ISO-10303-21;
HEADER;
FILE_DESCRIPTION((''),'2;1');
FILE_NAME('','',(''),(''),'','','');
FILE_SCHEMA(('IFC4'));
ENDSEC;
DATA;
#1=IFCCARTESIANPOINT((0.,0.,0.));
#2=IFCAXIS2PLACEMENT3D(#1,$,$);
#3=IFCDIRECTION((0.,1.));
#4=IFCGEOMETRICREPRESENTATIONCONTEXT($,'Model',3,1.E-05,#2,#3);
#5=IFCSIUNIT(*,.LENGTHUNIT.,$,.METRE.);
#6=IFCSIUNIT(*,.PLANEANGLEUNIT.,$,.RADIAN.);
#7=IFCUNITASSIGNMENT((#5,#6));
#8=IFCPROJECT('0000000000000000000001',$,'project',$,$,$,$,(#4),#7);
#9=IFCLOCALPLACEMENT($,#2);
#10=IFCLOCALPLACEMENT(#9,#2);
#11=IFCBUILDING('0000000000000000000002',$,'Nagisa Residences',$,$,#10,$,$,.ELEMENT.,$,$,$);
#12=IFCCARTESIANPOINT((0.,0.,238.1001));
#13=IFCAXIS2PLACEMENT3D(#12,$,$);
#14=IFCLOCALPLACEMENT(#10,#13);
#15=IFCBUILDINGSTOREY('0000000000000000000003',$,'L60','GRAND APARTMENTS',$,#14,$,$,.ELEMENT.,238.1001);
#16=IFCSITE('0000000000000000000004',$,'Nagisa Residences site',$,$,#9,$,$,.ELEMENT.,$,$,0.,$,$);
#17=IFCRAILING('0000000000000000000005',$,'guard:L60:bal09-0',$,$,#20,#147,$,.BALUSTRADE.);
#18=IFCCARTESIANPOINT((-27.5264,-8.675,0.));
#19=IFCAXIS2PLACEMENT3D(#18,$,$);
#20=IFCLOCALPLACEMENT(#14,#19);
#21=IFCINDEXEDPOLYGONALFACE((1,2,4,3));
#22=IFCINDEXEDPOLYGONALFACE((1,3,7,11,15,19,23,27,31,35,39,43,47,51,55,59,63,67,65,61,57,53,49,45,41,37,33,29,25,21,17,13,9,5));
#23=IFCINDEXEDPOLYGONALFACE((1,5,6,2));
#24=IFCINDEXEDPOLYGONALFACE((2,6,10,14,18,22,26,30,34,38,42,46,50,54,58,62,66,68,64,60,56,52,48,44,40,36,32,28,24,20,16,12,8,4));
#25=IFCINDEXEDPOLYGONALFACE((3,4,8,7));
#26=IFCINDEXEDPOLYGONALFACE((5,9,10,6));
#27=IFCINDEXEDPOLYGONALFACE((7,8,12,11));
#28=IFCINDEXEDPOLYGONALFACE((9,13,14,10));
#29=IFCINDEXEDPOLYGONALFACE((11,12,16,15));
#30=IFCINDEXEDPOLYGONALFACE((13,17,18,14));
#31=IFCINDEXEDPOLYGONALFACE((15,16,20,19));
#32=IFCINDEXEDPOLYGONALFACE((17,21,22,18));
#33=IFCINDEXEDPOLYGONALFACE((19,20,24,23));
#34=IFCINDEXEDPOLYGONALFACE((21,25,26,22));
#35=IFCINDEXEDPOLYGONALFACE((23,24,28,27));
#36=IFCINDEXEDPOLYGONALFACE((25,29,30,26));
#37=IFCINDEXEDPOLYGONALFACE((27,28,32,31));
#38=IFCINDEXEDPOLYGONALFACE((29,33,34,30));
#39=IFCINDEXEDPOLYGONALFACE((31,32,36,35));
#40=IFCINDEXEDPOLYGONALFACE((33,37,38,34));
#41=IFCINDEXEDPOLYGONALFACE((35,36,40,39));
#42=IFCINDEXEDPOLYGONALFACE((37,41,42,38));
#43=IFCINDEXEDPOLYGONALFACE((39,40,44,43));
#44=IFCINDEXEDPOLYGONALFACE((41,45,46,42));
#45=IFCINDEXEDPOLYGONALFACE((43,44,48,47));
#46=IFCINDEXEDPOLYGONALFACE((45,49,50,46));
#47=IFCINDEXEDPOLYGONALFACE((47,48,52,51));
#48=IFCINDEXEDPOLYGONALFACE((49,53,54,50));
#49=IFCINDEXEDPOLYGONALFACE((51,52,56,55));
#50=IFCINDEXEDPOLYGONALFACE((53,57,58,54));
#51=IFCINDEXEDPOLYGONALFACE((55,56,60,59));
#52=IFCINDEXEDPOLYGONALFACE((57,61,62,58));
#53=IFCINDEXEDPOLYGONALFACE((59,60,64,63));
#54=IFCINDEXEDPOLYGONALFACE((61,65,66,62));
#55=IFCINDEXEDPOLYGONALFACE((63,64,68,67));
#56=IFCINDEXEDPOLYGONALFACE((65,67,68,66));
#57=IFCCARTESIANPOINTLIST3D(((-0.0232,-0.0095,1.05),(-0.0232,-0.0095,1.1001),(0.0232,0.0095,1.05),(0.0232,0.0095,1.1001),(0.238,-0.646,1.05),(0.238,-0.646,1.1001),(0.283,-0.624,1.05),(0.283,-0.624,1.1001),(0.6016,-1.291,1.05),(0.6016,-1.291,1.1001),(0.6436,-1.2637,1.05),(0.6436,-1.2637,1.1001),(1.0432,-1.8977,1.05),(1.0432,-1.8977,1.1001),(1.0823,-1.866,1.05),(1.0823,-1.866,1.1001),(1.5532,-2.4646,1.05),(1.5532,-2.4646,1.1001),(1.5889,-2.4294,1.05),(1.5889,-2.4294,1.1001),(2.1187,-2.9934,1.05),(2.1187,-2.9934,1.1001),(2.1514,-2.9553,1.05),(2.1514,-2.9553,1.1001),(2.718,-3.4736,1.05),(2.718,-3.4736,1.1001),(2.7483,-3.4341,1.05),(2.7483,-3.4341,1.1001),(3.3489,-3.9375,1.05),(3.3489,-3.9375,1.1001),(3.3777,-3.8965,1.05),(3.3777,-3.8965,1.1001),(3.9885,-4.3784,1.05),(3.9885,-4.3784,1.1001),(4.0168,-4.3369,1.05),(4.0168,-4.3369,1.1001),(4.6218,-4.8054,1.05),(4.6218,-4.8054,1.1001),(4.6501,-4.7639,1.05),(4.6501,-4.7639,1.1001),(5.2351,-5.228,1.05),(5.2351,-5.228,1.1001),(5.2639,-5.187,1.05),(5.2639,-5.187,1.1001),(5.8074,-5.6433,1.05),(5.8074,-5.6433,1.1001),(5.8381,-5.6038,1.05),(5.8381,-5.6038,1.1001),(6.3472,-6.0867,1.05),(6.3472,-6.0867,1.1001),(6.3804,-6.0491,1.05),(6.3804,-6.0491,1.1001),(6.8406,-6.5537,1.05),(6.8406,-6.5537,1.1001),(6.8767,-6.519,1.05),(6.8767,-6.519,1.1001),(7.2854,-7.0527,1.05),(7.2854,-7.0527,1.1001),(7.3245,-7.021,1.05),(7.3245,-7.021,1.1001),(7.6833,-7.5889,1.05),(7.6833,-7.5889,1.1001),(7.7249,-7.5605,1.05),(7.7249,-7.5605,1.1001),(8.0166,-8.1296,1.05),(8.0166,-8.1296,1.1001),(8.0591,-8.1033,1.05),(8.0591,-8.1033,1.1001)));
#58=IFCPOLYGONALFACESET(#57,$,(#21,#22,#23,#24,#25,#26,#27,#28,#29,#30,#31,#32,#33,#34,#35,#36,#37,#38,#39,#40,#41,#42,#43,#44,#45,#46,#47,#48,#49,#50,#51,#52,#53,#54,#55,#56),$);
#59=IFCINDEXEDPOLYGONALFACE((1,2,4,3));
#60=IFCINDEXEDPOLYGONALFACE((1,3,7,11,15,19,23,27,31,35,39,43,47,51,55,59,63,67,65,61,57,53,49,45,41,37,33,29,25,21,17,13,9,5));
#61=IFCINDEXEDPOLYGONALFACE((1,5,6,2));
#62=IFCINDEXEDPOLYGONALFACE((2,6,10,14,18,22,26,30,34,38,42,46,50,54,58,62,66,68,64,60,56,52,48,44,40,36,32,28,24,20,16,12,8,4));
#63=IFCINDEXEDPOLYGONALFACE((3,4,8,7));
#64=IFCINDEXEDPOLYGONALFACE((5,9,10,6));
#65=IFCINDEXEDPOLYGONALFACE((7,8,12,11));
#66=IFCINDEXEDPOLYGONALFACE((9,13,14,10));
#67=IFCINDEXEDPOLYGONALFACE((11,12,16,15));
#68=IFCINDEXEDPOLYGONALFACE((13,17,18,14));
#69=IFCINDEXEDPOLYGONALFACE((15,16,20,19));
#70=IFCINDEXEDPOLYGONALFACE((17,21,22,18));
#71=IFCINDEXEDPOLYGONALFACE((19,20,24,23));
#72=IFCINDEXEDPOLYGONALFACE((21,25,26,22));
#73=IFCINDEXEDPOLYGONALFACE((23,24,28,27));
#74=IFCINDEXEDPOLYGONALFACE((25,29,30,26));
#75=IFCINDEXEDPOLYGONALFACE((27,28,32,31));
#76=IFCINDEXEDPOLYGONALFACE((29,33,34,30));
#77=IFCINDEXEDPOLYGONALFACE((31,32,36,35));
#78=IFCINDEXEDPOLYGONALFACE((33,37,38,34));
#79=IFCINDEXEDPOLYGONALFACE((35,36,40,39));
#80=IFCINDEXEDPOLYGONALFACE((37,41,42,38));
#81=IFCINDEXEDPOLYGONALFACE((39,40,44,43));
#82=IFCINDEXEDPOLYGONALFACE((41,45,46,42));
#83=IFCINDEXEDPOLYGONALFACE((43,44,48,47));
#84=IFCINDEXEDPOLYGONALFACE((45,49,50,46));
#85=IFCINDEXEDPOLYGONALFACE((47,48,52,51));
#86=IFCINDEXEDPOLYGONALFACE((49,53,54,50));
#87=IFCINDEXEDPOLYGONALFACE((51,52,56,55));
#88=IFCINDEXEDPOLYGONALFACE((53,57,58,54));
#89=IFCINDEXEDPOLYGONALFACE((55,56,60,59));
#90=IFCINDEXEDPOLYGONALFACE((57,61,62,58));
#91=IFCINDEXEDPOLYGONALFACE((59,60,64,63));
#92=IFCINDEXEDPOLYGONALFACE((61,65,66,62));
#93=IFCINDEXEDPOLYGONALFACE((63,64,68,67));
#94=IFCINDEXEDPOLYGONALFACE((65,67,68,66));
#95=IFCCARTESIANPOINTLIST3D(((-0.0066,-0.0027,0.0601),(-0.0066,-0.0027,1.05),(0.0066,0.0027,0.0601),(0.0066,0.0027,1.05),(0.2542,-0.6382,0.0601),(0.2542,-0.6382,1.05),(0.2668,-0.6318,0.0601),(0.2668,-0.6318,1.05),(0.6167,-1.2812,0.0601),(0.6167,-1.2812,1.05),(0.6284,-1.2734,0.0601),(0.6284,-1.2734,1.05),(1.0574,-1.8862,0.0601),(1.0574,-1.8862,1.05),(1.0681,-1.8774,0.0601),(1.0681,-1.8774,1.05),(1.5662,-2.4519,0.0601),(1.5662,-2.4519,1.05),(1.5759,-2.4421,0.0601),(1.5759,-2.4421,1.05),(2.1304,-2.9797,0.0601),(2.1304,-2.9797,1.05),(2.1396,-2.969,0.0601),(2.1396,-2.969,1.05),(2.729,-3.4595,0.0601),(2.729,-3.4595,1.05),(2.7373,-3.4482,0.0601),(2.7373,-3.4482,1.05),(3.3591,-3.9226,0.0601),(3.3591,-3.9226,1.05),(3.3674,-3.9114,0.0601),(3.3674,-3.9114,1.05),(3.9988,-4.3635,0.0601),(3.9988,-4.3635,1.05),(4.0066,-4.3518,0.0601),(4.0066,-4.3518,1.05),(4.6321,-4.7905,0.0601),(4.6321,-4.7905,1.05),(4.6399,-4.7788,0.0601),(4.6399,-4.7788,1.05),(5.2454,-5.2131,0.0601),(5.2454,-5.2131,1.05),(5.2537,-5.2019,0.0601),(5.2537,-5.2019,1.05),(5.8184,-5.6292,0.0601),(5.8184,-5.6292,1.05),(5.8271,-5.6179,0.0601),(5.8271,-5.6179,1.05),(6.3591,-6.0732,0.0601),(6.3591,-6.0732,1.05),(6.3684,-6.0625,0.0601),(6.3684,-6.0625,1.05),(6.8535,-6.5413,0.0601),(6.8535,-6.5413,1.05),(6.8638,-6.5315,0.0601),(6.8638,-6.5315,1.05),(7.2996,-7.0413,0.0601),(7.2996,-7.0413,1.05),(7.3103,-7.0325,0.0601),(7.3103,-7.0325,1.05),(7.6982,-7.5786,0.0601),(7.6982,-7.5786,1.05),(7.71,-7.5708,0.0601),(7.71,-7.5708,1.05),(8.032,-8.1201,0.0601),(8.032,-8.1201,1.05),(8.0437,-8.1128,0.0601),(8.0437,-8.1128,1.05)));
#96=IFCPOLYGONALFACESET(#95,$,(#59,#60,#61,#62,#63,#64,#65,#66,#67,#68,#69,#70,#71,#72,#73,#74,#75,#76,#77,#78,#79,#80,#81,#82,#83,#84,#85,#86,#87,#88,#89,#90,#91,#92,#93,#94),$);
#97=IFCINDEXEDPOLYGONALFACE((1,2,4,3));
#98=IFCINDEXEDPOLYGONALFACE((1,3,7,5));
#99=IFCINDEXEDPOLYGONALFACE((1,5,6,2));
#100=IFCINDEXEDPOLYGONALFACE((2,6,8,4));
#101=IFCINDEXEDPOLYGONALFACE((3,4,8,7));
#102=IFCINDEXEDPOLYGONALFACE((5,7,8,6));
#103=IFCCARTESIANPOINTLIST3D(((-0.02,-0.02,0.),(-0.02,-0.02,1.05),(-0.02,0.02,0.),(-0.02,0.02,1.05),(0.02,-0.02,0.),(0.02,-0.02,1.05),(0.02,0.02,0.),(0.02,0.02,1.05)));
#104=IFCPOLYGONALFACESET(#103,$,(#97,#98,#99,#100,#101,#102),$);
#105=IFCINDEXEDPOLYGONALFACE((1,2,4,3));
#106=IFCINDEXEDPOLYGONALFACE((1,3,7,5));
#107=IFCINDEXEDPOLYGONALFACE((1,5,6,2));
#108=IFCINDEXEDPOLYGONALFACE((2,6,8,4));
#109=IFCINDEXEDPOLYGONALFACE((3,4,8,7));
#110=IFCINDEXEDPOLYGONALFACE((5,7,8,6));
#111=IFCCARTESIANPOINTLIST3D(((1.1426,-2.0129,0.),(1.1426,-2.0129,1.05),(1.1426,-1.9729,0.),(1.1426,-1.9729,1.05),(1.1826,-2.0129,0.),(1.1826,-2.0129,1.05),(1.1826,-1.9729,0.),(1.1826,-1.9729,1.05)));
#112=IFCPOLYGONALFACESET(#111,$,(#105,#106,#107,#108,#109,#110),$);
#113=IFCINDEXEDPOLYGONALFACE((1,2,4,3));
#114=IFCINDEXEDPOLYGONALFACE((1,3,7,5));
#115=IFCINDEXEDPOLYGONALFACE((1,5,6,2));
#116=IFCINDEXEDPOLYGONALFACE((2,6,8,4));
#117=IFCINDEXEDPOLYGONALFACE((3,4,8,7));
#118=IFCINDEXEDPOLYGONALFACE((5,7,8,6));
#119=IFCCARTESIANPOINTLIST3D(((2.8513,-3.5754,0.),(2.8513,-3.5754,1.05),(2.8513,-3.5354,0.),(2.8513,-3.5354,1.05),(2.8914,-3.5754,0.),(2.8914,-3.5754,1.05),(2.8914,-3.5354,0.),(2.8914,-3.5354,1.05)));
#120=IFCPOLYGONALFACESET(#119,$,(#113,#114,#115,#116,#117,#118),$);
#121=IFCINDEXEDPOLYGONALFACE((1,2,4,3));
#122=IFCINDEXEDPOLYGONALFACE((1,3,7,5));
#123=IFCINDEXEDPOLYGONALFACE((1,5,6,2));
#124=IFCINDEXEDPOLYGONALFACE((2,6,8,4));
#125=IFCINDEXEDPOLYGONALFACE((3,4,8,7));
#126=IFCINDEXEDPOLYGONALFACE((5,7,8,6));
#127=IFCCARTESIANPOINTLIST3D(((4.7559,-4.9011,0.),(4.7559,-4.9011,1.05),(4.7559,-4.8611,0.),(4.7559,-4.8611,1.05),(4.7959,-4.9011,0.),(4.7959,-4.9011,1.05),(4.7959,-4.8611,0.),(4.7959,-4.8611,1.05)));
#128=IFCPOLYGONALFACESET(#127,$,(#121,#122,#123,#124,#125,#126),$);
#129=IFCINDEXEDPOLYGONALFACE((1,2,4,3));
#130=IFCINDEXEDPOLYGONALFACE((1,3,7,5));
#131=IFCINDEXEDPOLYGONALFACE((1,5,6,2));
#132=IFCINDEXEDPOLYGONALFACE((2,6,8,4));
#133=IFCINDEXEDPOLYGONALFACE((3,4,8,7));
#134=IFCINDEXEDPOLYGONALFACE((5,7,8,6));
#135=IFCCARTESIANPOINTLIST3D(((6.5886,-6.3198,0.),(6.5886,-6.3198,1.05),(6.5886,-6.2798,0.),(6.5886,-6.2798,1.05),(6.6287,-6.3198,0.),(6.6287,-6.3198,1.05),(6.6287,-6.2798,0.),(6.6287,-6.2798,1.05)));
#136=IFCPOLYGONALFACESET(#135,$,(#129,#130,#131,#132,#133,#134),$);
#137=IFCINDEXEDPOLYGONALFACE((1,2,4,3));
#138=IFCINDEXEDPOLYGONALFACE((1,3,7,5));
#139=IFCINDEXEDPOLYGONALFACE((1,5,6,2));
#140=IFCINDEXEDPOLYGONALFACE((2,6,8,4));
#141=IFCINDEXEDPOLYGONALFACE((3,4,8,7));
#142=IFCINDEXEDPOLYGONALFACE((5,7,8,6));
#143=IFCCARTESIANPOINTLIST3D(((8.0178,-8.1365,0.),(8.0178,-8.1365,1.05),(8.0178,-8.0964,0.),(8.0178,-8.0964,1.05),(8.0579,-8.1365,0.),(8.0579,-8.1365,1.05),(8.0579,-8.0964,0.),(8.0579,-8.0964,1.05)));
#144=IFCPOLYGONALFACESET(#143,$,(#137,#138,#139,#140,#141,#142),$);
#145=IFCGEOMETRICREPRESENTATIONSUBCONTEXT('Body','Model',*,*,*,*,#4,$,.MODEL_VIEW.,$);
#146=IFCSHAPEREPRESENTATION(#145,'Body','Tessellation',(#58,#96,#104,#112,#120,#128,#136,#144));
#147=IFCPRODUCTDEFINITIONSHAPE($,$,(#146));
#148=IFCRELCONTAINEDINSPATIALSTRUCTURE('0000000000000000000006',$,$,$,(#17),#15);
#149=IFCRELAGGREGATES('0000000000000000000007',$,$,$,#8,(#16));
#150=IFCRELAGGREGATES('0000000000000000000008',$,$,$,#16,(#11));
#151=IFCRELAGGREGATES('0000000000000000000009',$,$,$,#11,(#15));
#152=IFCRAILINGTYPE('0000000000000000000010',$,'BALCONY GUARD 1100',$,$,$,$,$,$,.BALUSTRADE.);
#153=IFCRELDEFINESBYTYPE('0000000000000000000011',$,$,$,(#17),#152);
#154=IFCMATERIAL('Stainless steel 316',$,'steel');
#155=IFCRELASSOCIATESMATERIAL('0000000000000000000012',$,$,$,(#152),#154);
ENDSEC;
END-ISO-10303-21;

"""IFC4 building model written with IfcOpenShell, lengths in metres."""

from ifc_helpers import new_model, si_unit, direction, frame, origin, origin_2d, place, context, subcontext, project, spatial, polyline, rectangle, outline, extrude, material, type_object, element, save


model = new_model("IFC4")

# Units and contexts
model_context = context("Model", 3, precision=1e-05, world=origin(), true_north=direction((0.0, 1.0)))
body_context = subcontext(model_context, "Body", "Model", "MODEL_VIEW")
ifc_project = project(units=[si_unit("LENGTHUNIT", "METRE"), si_unit("PLANEANGLEUNIT", "RADIAN")], contexts=[model_context])

# Site, building, storey
site_placement = place(None, origin())
site = spatial("IfcSite", under=ifc_project, at=site_placement, Name="Nagisa Residences site", CompositionType="ELEMENT", RefElevation=0.0)
building_placement = place(site_placement, origin())
building = spatial("IfcBuilding", under=site, at=building_placement, Name="Nagisa Residences", CompositionType="ELEMENT")
storey_placement = place(building_placement, frame((0.0, 0.0, 238.1001)))
storey = spatial("IfcBuildingStorey", under=building, at=storey_placement, Name="L60", Description="GRAND APARTMENTS", CompositionType="ELEMENT", Elevation=238.1001)

# Railing
ifc_material_1 = material(Name="Stainless steel 316", Category="steel")
railing_type = type_object("IfcRailingType", Name="BALCONY GUARD 1100", PredefinedType="BALUSTRADE", material=ifc_material_1)
railing_placement = place(storey_placement, frame((-27.5264, -8.675, 0.0)))
element("IfcRailing", 1, at=railing_placement, inside=storey, type_object=railing_type, Name="guard:L60:bal09-0", PredefinedType="BALUSTRADE", context=body_context, shape_type="SweptSolid", body=[
    extrude(outline(polyline([(0.283, -0.624), (0.0232, 0.0095), (-0.0232, -0.0095), (0.238, -0.646), (0.6016, -1.291), (1.0432, -1.8977), (1.5532, -2.4646), (2.1187, -2.9934), (2.718, -3.4736), (3.3489, -3.9375), (3.9885, -4.3784), (4.6218, -4.8054), (5.2351, -5.228), (5.8074, -5.6433), (6.3472, -6.0867), (6.8406, -6.5537), (7.2854, -7.0527), (7.6833, -7.5889), (8.0166, -8.1296), (8.0591, -8.1033), (7.7249, -7.5605), (7.3245, -7.021), (6.8767, -6.519), (6.3804, -6.0491), (5.8381, -5.6038), (5.2639, -5.187), (4.6501, -4.7639), (4.0168, -4.3369), (3.3777, -3.8965), (2.7483, -3.4341), (2.1514, -2.9553), (1.5889, -2.4294), (1.0823, -1.866), (0.6436, -1.2637), (0.283, -0.624)])), frame((0.0, 0.0, 1.05)), (0.0, 0.0, 1.0), 0.05),
    extrude(outline(polyline([(0.2668, -0.6318), (0.0066, 0.0027), (-0.0066, -0.0027), (0.2542, -0.6382), (0.6167, -1.2812), (1.0574, -1.8862), (1.5662, -2.4519), (2.1304, -2.9797), (2.729, -3.4595), (3.3591, -3.9226), (3.9988, -4.3635), (4.6321, -4.7905), (5.2454, -5.2131), (5.8184, -5.6292), (6.3591, -6.0732), (6.8535, -6.5413), (7.2996, -7.0413), (7.6982, -7.5786), (8.032, -8.1201), (8.0437, -8.1128), (7.71, -7.5708), (7.3103, -7.0325), (6.8638, -6.5315), (6.3684, -6.0625), (5.8271, -5.6179), (5.2537, -5.2019), (4.6399, -4.7788), (4.0066, -4.3518), (3.3674, -3.9114), (2.7373, -3.4482), (2.1396, -2.969), (1.5759, -2.4421), (1.0681, -1.8774), (0.6284, -1.2734), (0.2668, -0.6318)])), frame((0.0, 0.0, 0.0601)), (0.0, 0.0, 1.0), 0.99),
    extrude(rectangle(XDim=0.04, YDim=0.04, at=origin_2d()), origin(), (0.0, 0.0, 1.0), 1.05),
    extrude(rectangle(XDim=0.04, YDim=0.04, at=origin_2d()), frame((1.1626, -1.9929, 0.0)), (0.0, 0.0, 1.0), 1.05),
    extrude(rectangle(XDim=0.04, YDim=0.04, at=origin_2d()), frame((2.8713, -3.5554, 0.0)), (0.0, 0.0, 1.0), 1.05),
    extrude(rectangle(XDim=0.04, YDim=0.04, at=origin_2d()), frame((4.7759, -4.8811, 0.0)), (0.0, 0.0, 1.0), 1.05),
    extrude(rectangle(XDim=0.04, YDim=0.04, at=origin_2d()), frame((6.6086, -6.2998, 0.0)), (0.0, 0.0, 1.0), 1.05),
    extrude(rectangle(XDim=0.04, YDim=0.04, at=origin_2d()), frame((8.0378, -8.1165, 0.0)), (0.0, 0.0, 1.0), 1.05),
])

save(model, "model.ifc")
